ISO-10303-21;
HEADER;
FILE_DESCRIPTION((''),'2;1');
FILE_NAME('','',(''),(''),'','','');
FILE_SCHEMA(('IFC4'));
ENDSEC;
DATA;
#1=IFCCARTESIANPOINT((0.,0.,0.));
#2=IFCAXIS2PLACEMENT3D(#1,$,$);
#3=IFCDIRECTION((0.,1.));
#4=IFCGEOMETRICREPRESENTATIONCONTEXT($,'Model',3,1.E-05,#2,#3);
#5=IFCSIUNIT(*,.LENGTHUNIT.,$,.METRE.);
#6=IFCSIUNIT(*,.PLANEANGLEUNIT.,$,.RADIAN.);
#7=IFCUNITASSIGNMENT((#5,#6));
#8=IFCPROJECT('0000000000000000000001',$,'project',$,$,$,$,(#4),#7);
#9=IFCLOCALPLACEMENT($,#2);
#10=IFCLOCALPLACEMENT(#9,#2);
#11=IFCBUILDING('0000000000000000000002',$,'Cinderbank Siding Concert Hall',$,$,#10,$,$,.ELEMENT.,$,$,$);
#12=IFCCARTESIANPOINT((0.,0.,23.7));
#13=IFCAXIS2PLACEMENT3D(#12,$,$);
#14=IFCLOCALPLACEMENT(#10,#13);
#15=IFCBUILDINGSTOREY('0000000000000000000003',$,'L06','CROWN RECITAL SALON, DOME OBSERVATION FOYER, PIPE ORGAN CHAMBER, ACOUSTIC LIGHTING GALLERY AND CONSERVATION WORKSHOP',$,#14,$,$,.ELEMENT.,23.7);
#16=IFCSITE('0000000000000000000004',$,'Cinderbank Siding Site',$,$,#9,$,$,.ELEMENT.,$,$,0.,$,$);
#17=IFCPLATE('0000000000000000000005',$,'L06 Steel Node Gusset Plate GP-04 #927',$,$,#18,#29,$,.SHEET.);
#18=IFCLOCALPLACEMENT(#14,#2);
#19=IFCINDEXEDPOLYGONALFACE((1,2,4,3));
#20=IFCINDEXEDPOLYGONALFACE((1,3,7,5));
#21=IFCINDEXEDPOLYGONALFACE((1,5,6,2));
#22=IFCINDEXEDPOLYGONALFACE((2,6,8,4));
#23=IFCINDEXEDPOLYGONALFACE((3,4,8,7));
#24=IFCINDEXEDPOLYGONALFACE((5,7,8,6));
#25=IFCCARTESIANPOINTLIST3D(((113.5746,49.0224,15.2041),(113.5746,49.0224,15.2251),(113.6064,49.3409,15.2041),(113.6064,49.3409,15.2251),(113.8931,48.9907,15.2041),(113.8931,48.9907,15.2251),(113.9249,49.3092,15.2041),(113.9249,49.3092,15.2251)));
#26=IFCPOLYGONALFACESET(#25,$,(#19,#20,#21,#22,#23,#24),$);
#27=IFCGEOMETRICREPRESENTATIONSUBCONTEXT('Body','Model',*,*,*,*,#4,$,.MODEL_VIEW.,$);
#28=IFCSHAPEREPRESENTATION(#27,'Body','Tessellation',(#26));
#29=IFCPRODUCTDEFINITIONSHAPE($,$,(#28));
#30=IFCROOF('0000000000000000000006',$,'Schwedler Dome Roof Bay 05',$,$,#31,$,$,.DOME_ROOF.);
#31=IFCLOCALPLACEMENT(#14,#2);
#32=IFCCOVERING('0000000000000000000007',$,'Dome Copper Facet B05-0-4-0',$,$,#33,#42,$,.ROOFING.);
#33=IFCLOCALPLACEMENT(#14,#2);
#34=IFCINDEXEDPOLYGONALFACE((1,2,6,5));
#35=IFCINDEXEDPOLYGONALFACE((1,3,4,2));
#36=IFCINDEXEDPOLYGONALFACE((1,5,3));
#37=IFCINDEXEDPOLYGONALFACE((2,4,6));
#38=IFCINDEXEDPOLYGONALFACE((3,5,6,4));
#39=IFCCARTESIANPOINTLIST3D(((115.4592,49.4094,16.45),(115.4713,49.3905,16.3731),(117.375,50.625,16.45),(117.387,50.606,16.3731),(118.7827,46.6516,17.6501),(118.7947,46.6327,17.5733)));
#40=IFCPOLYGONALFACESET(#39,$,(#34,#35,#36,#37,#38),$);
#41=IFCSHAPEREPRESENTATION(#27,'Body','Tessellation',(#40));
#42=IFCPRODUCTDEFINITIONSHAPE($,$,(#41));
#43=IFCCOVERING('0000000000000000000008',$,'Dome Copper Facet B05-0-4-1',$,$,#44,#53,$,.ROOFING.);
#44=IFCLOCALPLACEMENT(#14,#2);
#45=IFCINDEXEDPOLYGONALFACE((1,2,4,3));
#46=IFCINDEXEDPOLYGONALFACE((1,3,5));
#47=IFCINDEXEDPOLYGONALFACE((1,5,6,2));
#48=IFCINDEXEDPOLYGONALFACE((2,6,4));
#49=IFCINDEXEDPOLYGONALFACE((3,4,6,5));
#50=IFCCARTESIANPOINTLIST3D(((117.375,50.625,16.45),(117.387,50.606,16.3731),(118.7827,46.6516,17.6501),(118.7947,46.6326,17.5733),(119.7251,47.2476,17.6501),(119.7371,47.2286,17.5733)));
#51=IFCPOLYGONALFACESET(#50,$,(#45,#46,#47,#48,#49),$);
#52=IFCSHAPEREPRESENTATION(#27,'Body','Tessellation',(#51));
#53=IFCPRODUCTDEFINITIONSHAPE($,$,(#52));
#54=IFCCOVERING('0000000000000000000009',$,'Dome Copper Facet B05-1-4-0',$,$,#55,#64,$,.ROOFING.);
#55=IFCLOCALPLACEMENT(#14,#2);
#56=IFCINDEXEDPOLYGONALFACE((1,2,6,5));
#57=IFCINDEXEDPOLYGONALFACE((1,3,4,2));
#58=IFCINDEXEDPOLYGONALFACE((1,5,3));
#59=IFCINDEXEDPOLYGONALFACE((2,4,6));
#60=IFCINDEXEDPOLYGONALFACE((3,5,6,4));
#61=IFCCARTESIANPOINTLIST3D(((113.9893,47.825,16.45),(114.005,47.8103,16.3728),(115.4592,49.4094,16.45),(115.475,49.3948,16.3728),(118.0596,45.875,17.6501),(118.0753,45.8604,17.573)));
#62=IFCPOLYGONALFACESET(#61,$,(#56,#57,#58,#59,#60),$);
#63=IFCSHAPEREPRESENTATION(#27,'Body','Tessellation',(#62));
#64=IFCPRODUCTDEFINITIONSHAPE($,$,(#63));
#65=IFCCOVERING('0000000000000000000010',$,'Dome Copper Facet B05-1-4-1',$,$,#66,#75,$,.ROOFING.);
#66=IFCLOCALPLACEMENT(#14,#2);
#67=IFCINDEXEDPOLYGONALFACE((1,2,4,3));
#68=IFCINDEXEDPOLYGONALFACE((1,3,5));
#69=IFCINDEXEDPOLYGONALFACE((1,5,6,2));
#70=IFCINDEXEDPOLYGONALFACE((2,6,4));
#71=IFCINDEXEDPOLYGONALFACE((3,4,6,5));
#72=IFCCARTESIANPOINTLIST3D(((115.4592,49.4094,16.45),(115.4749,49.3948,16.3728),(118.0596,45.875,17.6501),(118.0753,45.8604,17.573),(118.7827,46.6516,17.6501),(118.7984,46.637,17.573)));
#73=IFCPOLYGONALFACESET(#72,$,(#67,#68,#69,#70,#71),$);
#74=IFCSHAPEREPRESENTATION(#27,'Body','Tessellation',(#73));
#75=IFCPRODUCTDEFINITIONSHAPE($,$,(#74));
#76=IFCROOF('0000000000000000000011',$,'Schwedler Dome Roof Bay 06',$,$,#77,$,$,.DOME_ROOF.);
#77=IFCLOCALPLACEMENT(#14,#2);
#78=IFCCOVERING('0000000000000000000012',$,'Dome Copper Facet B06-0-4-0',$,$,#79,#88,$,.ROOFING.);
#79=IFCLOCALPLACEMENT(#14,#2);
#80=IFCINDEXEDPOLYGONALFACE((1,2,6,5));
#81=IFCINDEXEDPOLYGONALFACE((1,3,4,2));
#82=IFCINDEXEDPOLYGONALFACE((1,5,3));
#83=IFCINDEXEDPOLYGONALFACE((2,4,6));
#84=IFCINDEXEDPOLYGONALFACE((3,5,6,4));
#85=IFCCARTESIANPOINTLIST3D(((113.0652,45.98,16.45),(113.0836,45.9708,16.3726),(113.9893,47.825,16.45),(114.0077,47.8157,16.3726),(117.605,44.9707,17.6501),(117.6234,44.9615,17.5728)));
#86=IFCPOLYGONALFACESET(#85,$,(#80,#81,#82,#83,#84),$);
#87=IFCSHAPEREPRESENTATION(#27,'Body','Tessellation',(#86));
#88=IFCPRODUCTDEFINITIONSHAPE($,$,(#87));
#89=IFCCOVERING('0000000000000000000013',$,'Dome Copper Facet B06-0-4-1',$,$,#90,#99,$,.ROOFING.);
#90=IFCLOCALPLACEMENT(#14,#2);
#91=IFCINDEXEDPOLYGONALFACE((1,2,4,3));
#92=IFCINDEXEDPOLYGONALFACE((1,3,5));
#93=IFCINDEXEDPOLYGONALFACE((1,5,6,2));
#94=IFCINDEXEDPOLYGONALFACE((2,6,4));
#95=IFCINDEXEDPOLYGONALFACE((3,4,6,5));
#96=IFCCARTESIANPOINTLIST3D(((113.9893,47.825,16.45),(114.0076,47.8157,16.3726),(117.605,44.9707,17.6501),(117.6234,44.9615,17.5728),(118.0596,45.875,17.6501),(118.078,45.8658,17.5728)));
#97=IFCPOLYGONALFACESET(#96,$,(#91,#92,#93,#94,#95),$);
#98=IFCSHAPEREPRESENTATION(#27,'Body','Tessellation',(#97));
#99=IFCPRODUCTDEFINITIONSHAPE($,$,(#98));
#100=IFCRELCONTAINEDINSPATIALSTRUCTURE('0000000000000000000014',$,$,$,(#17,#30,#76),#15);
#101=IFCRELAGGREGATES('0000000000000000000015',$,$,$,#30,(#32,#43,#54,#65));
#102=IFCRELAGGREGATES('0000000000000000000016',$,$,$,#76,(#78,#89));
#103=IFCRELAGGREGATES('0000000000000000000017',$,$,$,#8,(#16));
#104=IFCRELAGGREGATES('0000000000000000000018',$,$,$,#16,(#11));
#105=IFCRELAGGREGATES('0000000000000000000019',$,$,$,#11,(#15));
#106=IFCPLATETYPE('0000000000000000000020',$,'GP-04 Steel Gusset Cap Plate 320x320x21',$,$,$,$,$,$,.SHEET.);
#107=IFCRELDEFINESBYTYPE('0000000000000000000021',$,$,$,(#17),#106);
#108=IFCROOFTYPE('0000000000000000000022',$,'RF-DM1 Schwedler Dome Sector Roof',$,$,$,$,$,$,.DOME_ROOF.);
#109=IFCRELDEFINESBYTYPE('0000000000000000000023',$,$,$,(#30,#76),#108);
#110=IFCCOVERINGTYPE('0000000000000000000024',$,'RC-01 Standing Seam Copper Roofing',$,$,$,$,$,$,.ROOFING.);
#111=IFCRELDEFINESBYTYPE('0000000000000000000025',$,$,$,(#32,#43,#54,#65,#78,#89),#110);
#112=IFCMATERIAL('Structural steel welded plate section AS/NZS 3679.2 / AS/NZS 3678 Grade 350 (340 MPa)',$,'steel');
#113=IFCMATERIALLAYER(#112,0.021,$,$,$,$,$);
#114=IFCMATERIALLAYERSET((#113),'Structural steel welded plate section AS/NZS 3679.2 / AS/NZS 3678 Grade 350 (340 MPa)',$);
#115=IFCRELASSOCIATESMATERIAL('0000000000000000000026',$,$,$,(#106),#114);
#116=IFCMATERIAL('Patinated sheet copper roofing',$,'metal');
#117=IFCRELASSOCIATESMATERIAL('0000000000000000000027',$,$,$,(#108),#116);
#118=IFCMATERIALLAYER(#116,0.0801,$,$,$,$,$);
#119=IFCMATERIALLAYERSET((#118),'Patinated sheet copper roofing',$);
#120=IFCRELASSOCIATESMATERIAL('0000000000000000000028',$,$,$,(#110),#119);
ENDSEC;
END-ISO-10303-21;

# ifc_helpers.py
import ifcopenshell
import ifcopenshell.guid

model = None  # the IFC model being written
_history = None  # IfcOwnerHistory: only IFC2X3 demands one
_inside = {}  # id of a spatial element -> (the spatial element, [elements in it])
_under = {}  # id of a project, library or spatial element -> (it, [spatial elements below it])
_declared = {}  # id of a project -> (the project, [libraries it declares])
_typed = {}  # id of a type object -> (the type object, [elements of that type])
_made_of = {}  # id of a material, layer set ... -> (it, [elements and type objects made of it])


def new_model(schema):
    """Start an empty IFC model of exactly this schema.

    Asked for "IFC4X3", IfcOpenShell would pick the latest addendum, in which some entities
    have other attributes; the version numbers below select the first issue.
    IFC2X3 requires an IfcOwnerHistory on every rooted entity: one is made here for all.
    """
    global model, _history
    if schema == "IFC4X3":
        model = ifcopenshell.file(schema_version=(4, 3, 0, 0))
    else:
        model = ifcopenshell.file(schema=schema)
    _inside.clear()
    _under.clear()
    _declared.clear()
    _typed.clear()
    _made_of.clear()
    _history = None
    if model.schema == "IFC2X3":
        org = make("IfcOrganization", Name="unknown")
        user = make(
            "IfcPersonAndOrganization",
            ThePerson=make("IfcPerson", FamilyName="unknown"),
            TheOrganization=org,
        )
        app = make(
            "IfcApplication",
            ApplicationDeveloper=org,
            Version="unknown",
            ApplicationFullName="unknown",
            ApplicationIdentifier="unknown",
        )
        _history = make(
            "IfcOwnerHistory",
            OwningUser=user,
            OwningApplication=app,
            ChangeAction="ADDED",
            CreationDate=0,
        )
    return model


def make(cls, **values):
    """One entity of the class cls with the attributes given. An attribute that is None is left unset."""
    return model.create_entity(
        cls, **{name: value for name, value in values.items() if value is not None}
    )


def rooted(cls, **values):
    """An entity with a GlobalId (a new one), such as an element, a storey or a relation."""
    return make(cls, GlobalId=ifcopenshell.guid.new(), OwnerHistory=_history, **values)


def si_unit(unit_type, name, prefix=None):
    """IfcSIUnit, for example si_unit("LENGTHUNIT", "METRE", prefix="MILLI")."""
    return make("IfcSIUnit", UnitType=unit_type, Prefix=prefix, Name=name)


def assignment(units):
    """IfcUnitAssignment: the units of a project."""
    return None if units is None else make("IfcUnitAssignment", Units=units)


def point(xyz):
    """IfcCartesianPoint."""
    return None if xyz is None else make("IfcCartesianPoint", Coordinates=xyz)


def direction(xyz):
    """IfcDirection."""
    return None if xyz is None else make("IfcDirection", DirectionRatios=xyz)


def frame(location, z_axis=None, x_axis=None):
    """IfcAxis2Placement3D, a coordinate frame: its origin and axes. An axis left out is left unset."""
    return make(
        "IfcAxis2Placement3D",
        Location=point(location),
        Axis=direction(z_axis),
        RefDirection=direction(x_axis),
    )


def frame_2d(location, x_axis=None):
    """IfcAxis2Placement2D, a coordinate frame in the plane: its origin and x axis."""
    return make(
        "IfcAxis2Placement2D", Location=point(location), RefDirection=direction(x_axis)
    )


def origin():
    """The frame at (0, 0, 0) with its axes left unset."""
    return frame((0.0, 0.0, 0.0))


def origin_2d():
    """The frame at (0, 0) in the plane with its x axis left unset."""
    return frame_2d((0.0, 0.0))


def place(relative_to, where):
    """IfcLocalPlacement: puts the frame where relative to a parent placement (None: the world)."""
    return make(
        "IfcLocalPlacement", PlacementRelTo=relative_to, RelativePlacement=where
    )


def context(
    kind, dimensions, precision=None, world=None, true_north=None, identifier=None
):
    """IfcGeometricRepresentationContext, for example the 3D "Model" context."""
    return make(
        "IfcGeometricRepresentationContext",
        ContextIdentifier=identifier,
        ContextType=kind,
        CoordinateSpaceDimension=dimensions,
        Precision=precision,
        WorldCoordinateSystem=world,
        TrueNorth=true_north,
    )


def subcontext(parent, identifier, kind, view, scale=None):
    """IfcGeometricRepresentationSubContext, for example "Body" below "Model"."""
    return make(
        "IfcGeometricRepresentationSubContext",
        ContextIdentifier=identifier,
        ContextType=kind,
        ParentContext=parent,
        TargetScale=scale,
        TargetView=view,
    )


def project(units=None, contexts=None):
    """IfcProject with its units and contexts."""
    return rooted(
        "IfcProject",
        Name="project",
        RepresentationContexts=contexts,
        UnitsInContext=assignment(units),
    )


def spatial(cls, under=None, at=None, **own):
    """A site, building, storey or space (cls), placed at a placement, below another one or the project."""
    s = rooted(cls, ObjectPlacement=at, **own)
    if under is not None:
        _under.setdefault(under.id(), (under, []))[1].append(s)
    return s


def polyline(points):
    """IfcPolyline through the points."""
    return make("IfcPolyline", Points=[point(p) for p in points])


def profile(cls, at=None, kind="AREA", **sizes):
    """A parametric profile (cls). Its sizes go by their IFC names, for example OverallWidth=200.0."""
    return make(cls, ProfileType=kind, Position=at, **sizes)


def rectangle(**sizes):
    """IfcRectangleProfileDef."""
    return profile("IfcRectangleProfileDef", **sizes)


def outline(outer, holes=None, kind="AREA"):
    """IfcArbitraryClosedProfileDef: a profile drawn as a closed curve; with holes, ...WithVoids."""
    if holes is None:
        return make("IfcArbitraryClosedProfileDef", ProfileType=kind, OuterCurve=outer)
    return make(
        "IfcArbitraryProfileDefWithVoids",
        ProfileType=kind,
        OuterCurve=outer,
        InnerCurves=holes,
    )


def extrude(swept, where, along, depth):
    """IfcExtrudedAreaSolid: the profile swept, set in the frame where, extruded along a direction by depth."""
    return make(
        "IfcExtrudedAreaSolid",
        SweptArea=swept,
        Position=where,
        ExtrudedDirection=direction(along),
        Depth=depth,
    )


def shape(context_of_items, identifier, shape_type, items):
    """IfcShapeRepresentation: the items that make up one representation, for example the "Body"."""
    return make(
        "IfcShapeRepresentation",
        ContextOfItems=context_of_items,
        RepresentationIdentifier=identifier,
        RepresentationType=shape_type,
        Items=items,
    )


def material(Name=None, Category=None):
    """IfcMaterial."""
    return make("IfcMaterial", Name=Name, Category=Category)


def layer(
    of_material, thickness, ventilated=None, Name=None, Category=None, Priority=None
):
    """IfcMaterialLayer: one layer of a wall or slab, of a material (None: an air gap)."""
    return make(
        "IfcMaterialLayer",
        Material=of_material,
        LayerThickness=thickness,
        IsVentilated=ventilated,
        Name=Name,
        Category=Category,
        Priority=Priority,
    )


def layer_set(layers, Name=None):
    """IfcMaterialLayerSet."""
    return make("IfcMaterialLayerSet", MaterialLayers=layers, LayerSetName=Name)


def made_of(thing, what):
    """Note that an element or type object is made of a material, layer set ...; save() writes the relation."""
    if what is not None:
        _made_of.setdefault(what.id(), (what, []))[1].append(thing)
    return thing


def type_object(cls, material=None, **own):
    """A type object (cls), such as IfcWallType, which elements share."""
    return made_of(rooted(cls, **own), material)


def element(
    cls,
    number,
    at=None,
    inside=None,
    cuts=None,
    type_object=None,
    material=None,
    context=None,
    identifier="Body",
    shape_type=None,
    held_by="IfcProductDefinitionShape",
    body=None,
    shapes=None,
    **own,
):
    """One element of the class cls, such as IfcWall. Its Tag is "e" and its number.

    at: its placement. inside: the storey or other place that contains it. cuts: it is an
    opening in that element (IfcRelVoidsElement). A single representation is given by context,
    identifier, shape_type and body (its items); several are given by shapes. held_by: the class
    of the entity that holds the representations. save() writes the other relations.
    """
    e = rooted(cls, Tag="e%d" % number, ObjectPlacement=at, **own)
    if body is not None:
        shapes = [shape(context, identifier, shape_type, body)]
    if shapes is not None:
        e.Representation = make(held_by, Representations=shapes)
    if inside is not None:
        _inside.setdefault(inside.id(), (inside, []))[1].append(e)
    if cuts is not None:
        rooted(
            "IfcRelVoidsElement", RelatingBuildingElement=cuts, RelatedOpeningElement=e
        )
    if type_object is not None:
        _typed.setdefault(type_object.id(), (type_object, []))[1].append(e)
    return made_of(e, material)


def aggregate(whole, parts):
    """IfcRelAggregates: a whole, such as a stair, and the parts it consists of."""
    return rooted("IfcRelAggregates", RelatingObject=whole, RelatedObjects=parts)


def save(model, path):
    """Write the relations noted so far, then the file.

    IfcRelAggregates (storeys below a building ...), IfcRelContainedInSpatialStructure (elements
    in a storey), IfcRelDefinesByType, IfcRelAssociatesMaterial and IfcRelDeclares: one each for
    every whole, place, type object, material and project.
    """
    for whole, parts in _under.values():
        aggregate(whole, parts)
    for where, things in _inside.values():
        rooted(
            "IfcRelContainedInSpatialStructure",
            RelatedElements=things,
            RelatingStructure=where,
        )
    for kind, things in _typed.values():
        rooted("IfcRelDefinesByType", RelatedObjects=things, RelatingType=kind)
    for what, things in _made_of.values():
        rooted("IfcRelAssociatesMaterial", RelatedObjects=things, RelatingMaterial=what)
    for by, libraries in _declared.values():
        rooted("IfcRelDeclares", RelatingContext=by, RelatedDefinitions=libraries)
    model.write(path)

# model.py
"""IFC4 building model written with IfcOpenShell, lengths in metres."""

from ifc_helpers import new_model, si_unit, direction, frame, origin, origin_2d, place, context, subcontext, project, spatial, polyline, rectangle, outline, extrude, material, layer, layer_set, type_object, element, aggregate, save


model = new_model("IFC4")

# Units and contexts
model_context = context("Model", 3, precision=1e-05, world=origin(), true_north=direction((0.0, 1.0)))
body_context = subcontext(model_context, "Body", "Model", "MODEL_VIEW")
ifc_project = project(units=[si_unit("LENGTHUNIT", "METRE"), si_unit("PLANEANGLEUNIT", "RADIAN")], contexts=[model_context])

# Site, building, storey
site_placement = place(None, origin())
site = spatial("IfcSite", under=ifc_project, at=site_placement, Name="Cinderbank Siding Site", CompositionType="ELEMENT", RefElevation=0.0)
building_placement = place(site_placement, origin())
building = spatial("IfcBuilding", under=site, at=building_placement, Name="Cinderbank Siding Concert Hall", CompositionType="ELEMENT")
storey_placement = place(building_placement, frame((0.0, 0.0, 23.7)))
storey = spatial("IfcBuildingStorey", under=building, at=storey_placement, Name="L06", Description="CROWN RECITAL SALON, DOME OBSERVATION FOYER, PIPE ORGAN CHAMBER, ACOUSTIC LIGHTING GALLERY AND CONSERVATION WORKSHOP", CompositionType="ELEMENT", Elevation=23.7)

# Plate
ifc_material_1 = material(Name="Structural steel welded plate section AS/NZS 3679.2 / AS/NZS 3678 Grade 350 (340 MPa)", Category="steel")
ifc_layer_1 = layer(ifc_material_1, 0.021)
ifc_layer_set_1 = layer_set([ifc_layer_1], Name="Structural steel welded plate section AS/NZS 3679.2 / AS/NZS 3678 Grade 350 (340 MPa)")
plate_type_1 = type_object("IfcPlateType", Name="GP-04 Steel Gusset Cap Plate 320x320x21", PredefinedType="SHEET", material=ifc_layer_set_1)
for number, where, z_axis, x_axis, name in (
    (1, (113.7498, 49.1658, 15.2041), (0.0, 0.0, 1.0), (0.995073, -0.099146, 0.0), "L06 Steel Node Gusset Plate GP-04 #927"),
):
    element("IfcPlate", number, at=place(storey_placement, frame(where, z_axis=z_axis, x_axis=x_axis)), inside=storey, type_object=plate_type_1, Name=name, PredefinedType="SHEET", context=body_context, shape_type="SweptSolid", body=[
        extrude(rectangle(XDim=0.3201, YDim=0.3201, at=origin_2d()), origin(), (0.0, 0.0, 1.0), 0.021),
    ])

# Roofs, coverings
ifc_material_2 = material(Name="Patinated sheet copper roofing", Category="metal")
roof_type = type_object("IfcRoofType", Name="RF-DM1 Schwedler Dome Sector Roof", PredefinedType="DOME_ROOF", material=ifc_material_2)
roof_1_placement = place(storey_placement, origin())
roof_1 = element("IfcRoof", 2, at=roof_1_placement, inside=storey, type_object=roof_type, Name="Schwedler Dome Roof Bay 05", PredefinedType="DOME_ROOF")
ifc_layer_2 = layer(ifc_material_2, 0.0801)
ifc_layer_set_2 = layer_set([ifc_layer_2], Name="Patinated sheet copper roofing")
covering_type = type_object("IfcCoveringType", Name="RC-01 Standing Seam Copper Roofing", PredefinedType="ROOFING", material=ifc_layer_set_2)
covering_1_placement = place(storey_placement, frame((117.375, 50.625, 16.45), z_axis=(-0.150206, 0.236728, 0.959895), x_axis=(-0.84437, -0.535761, 0.0)))
covering_1 = element("IfcCovering", 3, at=covering_1_placement, type_object=covering_type, Name="Dome Copper Facet B05-0-4-0", PredefinedType="ROOFING", context=body_context, shape_type="SweptSolid", body=[
    extrude(outline(polyline([(0.0, 0.0), (2.2689, 0.0), (0.9402, 4.2809), (0.0, 0.0)])), origin(), (0.0, 0.0, -1.0), 0.0801),
])
covering_2_placement = place(storey_placement, frame((117.375, 50.625, 16.45), z_axis=(-0.149799, 0.23688, 0.959921), x_axis=(0.321182, -0.906563, 0.273835)))
covering_2 = element("IfcCovering", 4, at=covering_2_placement, type_object=covering_type, Name="Dome Copper Facet B05-0-4-1", PredefinedType="ROOFING", context=body_context, shape_type="SweptSolid", body=[
    extrude(outline(polyline([(0.0, 0.0), (4.3829, 0.0), (4.1453, 1.0894), (0.0, 0.0)])), origin(), (0.0, 0.0, -1.0), 0.0801),
])
covering_3_placement = place(storey_placement, frame((115.4592, 49.4094, 16.45), z_axis=(-0.196656, 0.182444, 0.963349), x_axis=(-0.680122, -0.733099, 0.0)))
covering_3 = element("IfcCovering", 5, at=covering_3_placement, type_object=covering_type, Name="Dome Copper Facet B05-1-4-0", PredefinedType="ROOFING", context=body_context, shape_type="SweptSolid", body=[
    extrude(outline(polyline([(0.0, 0.0), (2.1613, 0.0), (0.8225, 4.4741), (0.0, 0.0)])), origin(), (0.0, 0.0, -1.0), 0.0801),
])
covering_4_placement = place(storey_placement, frame((115.4592, 49.4094, 16.45), z_axis=(-0.196257, 0.182746, 0.963373), x_axis=(0.571616, -0.776948, 0.263831)))
covering_4 = element("IfcCovering", 6, at=covering_4_placement, type_object=covering_type, Name="Dome Copper Facet B05-1-4-1", PredefinedType="ROOFING", context=body_context, shape_type="SweptSolid", body=[
    extrude(outline(polyline([(0.0, 0.0), (4.5491, 0.0), (4.3591, 1.044), (0.0, 0.0)])), origin(), (0.0, 0.0, -1.0), 0.0801),
])
aggregate(roof_1, [covering_1, covering_2, covering_3, covering_4])
roof_2_placement = place(storey_placement, origin())
roof_2 = element("IfcRoof", 7, at=roof_2_placement, inside=storey, type_object=roof_type, Name="Schwedler Dome Roof Bay 06", PredefinedType="DOME_ROOF")
covering_5_placement = place(storey_placement, frame((113.9893, 47.825, 16.45), z_axis=(-0.229887, 0.115141, 0.966382), x_axis=(-0.447829, -0.894119, 0.0)))
covering_5 = element("IfcCovering", 8, at=covering_5_placement, type_object=covering_type, Name="Dome Copper Facet B06-0-4-0", PredefinedType="ROOFING", context=body_context, shape_type="SweptSolid", body=[
    extrude(outline(polyline([(0.0, 0.0), (2.0635, 0.0), (0.9328, 4.668), (0.0, 0.0)])), origin(), (0.0, 0.0, -1.0), 0.0801),
])
covering_6_placement = place(storey_placement, frame((113.9893, 47.825, 16.45), z_axis=(-0.229652, 0.115446, 0.966402), x_axis=(0.759554, -0.599592, 0.252125)))
covering_6 = element("IfcCovering", 9, at=covering_6_placement, type_object=covering_type, Name="Dome Copper Facet B06-0-4-1", PredefinedType="ROOFING", context=body_context, shape_type="SweptSolid", body=[
    extrude(outline(polyline([(0.0, 0.0), (4.7603, 0.0), (4.5634, 0.9928), (0.0, 0.0)])), origin(), (0.0, 0.0, -1.0), 0.0801),
])
aggregate(roof_2, [covering_5, covering_6])

save(model, "model.ifc")
